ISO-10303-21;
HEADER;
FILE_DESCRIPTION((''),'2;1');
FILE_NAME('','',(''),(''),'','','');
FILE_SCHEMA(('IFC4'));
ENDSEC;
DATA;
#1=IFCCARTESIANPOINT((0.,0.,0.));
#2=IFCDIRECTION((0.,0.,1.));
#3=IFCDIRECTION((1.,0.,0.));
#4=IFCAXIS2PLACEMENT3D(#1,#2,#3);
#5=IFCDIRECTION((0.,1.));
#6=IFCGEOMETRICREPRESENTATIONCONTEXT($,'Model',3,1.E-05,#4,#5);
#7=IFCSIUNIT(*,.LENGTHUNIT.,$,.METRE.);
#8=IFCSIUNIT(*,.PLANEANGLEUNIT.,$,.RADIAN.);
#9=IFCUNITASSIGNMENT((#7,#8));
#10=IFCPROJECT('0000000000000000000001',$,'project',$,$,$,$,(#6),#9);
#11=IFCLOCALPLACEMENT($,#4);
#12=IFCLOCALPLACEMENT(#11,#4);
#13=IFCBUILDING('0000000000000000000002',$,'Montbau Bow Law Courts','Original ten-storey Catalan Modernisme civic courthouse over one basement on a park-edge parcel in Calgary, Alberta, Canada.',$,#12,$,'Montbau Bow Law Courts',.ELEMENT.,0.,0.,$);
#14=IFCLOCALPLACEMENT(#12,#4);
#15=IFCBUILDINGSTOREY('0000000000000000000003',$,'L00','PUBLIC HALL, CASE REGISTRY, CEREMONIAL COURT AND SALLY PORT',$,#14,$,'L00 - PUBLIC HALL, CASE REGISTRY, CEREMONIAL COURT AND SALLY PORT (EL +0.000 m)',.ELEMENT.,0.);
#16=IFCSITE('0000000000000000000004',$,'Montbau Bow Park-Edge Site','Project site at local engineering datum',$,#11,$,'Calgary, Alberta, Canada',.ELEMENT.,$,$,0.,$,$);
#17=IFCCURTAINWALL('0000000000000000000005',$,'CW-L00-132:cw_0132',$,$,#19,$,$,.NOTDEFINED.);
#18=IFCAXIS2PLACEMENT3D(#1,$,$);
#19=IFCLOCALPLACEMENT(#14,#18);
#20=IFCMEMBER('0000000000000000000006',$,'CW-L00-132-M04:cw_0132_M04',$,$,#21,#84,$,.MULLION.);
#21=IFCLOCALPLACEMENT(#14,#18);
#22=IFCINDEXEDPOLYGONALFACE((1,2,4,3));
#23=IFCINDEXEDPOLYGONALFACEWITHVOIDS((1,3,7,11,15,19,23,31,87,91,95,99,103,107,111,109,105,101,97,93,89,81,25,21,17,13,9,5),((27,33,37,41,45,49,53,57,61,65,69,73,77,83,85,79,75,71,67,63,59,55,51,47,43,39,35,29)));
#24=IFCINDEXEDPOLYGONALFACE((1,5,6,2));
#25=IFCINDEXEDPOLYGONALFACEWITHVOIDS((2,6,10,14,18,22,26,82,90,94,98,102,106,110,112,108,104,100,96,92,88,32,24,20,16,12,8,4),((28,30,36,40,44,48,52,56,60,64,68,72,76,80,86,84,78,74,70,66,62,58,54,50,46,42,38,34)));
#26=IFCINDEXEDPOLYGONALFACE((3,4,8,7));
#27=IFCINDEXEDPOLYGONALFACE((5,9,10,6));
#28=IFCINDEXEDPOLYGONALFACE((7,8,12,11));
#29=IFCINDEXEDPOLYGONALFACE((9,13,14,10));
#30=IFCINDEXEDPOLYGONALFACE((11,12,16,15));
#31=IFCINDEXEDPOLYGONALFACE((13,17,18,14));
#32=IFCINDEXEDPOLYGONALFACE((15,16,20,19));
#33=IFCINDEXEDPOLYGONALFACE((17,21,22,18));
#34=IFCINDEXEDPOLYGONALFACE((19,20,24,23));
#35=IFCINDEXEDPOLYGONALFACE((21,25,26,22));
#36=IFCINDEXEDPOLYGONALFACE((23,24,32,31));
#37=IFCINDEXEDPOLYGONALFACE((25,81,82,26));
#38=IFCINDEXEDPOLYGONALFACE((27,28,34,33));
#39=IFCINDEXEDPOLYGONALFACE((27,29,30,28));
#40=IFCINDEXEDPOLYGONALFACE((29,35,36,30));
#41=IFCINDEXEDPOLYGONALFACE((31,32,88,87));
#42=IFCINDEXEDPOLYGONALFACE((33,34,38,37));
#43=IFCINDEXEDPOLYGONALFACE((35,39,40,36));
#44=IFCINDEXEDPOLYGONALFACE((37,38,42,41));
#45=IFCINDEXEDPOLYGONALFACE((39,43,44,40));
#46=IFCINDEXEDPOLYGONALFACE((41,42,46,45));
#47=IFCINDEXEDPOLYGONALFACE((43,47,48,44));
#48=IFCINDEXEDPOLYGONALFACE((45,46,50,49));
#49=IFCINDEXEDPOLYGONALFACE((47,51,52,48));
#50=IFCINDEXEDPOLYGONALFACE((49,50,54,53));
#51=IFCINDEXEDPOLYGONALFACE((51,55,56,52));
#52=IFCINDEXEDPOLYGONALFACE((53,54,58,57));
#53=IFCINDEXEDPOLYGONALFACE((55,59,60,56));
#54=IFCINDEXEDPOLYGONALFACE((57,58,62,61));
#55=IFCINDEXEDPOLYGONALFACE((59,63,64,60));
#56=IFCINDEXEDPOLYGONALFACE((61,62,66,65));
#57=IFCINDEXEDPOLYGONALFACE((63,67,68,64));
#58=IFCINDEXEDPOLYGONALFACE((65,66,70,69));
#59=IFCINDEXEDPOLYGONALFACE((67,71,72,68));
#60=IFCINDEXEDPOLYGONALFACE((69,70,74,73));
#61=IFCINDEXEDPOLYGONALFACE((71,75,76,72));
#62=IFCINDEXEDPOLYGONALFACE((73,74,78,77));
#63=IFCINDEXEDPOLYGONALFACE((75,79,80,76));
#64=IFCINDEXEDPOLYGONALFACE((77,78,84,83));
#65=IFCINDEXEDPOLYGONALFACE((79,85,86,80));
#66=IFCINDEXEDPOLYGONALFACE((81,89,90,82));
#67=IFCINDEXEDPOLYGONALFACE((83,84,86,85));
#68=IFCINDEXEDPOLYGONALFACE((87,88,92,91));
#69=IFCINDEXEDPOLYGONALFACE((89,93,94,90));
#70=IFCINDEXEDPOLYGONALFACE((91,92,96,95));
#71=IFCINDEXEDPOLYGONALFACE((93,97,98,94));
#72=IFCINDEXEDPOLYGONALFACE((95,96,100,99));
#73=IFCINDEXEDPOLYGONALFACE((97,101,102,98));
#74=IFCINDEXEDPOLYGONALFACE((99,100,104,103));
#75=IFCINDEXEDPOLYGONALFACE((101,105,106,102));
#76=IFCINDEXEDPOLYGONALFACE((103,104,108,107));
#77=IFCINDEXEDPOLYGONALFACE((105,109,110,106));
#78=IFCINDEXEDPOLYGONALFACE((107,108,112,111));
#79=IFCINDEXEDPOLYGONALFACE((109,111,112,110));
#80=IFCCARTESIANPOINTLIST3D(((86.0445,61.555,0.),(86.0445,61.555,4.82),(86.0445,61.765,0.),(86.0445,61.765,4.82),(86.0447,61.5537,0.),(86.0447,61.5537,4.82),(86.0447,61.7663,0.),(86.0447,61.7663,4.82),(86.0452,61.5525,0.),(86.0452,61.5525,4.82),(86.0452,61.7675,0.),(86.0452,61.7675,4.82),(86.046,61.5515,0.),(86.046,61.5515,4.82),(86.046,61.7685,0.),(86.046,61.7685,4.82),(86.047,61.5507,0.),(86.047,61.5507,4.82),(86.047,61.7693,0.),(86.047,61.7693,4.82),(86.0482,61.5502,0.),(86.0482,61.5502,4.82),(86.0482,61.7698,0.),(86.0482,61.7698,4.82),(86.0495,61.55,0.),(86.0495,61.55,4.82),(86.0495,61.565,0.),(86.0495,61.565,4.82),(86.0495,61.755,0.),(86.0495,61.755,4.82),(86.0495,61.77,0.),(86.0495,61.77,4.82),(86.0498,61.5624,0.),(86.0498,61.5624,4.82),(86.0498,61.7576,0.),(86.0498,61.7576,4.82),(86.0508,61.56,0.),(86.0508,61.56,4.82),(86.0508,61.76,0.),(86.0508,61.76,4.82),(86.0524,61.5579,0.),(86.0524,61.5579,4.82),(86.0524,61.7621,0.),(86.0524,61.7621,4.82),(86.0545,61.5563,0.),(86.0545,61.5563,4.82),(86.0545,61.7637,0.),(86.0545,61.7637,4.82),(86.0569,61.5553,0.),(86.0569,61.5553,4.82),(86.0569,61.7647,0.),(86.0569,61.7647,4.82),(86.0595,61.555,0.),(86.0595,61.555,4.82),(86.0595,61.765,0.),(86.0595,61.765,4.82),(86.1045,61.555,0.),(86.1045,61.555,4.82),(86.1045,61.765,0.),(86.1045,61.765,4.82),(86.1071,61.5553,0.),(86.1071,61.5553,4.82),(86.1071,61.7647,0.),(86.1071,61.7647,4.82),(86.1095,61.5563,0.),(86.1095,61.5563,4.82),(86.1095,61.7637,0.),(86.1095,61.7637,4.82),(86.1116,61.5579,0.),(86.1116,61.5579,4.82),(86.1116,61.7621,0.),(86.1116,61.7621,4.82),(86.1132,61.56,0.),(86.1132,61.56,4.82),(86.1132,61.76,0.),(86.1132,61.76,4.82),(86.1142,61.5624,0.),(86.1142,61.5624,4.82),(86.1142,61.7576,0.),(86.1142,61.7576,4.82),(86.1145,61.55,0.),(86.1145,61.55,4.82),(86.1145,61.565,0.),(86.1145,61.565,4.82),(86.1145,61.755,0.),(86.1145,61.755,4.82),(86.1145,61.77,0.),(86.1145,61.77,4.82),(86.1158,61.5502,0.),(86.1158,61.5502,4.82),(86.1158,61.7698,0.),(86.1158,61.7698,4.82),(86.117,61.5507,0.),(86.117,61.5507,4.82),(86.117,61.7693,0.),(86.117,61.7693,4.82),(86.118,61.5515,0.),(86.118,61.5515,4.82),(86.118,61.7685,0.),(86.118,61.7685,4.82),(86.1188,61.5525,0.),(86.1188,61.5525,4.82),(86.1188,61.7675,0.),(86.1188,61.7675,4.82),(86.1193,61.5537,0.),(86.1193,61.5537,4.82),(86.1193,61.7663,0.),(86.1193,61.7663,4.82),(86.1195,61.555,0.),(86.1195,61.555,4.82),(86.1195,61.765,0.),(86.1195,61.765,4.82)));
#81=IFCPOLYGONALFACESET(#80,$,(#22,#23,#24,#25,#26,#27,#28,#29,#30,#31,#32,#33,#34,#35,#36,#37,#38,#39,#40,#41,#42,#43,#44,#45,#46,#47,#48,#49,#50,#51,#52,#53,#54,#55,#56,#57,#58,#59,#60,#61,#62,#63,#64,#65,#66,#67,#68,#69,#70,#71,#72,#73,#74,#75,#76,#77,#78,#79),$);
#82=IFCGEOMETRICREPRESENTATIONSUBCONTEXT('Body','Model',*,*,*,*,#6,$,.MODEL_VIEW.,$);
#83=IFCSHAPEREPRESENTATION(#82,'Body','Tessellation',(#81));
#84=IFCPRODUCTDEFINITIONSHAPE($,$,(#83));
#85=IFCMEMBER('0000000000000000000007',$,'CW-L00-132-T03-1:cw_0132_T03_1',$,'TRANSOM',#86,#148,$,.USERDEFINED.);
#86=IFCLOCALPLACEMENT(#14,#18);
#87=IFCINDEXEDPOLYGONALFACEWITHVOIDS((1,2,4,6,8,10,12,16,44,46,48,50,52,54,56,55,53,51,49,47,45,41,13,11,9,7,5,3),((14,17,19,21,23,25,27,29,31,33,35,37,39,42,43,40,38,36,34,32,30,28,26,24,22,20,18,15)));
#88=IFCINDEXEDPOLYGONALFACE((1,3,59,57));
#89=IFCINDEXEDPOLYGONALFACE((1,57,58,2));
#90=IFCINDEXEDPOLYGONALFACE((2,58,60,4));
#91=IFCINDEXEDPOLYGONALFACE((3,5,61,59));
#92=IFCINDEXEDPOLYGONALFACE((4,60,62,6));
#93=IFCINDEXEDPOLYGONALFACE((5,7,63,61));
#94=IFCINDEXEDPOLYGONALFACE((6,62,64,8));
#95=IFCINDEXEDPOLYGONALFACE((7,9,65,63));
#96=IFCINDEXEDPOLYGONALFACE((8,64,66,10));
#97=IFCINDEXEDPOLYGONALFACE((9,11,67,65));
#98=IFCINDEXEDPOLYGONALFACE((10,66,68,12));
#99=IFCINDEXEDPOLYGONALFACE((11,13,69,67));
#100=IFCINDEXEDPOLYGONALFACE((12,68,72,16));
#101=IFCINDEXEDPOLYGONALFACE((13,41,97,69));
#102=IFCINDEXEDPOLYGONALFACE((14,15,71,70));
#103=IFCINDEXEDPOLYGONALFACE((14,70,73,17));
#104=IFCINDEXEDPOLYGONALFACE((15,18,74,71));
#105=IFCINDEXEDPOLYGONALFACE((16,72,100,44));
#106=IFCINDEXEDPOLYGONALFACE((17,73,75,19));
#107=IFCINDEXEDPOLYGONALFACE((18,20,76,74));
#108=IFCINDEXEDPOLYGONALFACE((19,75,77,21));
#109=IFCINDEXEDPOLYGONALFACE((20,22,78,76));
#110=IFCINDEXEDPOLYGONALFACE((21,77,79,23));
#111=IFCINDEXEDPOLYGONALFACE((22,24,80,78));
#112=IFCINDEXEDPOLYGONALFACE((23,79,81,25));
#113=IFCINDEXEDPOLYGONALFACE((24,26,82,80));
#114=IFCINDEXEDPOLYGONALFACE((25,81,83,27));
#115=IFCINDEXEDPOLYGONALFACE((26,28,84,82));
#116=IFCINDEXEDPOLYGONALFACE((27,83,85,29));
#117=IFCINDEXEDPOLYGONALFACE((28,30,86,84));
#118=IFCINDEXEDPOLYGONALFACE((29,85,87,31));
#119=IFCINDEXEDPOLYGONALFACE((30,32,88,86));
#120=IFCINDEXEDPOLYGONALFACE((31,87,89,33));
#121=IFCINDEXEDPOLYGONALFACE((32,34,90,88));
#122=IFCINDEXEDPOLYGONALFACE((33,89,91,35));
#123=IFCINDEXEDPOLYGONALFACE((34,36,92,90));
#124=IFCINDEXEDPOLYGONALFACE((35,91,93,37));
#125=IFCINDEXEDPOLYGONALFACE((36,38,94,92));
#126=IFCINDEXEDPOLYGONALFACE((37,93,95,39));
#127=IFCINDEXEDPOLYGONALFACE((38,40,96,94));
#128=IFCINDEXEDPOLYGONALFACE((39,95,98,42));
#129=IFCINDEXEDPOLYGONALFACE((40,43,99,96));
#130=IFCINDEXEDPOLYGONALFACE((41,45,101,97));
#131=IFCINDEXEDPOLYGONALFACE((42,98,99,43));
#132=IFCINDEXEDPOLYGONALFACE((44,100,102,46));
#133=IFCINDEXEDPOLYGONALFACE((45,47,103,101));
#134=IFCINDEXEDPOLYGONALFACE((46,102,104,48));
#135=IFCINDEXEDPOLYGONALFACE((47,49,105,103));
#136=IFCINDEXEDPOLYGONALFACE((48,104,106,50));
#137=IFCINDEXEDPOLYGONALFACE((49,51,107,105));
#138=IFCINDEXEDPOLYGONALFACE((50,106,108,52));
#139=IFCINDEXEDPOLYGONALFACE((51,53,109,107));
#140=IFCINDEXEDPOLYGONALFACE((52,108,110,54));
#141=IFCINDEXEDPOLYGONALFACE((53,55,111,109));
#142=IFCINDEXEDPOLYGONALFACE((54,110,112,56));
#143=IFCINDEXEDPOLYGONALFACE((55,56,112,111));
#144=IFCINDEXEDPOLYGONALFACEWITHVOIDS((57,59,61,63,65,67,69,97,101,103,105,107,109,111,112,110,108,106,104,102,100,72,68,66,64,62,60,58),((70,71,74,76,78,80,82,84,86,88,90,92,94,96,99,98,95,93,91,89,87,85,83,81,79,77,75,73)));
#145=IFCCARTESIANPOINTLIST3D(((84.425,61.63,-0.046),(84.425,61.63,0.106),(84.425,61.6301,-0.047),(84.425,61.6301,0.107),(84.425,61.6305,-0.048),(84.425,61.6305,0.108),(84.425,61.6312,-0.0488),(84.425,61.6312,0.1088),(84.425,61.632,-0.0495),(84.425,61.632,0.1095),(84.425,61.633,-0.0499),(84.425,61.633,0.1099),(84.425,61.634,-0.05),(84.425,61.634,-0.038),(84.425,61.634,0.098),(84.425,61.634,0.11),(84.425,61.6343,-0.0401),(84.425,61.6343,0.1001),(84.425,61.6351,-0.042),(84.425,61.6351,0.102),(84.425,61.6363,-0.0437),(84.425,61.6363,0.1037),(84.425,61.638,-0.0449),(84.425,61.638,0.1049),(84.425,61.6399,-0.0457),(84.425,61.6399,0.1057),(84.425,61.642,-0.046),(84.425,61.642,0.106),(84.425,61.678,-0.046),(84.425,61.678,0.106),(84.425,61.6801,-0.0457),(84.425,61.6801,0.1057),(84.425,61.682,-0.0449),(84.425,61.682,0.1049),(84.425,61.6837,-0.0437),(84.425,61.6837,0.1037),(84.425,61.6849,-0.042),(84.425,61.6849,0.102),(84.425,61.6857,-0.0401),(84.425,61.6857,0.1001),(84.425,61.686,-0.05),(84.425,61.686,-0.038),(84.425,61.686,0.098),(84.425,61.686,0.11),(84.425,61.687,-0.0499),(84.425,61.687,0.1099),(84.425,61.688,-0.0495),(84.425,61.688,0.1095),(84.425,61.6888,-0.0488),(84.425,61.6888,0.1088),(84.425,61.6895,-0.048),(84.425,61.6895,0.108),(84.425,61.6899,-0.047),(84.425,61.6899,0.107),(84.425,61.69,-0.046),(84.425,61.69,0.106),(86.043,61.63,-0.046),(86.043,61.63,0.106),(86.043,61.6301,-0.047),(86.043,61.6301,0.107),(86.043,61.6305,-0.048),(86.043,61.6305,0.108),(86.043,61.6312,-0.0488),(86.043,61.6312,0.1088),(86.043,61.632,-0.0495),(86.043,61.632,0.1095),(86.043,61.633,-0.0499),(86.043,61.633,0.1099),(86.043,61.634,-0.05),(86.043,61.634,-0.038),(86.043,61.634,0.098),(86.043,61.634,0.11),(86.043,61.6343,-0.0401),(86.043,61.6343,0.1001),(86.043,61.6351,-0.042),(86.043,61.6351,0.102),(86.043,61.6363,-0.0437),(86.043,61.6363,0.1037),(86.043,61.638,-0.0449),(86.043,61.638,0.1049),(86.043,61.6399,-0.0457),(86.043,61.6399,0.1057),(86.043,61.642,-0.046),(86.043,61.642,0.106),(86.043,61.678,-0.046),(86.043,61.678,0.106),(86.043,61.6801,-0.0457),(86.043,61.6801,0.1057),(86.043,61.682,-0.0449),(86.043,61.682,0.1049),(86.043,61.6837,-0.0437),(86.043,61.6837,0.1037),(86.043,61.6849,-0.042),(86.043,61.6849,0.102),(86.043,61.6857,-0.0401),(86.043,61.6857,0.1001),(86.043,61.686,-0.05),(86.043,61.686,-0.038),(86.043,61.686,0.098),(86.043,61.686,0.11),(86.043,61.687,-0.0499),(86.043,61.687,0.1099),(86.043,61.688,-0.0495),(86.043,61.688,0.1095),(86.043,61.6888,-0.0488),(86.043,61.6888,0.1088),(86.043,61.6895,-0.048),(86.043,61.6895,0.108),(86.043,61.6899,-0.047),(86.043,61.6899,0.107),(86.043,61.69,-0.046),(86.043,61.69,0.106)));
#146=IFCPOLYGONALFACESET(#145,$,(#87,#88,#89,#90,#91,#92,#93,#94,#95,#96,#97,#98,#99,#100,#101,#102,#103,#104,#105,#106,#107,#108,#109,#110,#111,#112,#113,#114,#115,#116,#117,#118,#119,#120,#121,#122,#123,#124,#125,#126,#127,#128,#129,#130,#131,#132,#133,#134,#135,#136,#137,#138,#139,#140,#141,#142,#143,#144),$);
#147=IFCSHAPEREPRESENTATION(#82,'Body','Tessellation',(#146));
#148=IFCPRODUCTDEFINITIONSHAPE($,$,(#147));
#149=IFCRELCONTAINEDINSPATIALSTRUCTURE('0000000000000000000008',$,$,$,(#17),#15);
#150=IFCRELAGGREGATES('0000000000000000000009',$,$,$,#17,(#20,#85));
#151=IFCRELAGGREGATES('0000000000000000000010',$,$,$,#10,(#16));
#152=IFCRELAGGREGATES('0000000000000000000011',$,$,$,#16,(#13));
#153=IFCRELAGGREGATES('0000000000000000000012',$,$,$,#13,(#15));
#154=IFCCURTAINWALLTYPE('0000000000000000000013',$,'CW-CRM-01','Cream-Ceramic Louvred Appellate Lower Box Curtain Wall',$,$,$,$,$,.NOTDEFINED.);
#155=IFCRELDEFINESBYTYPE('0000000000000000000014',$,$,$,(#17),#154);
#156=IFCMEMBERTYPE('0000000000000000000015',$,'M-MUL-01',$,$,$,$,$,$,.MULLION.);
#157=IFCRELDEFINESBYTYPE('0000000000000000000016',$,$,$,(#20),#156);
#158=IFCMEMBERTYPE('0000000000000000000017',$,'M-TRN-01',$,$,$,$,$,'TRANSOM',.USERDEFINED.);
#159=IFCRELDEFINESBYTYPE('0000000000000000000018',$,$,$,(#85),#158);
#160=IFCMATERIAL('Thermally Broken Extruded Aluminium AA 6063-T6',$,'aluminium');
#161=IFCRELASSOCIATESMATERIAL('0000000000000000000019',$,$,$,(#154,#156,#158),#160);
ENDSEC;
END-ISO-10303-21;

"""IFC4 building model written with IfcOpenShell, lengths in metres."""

from ifc_helpers import new_model, si_unit, direction, frame, origin_with_axes, origin_2d_with_axis, place, context, subcontext, project, spatial, hollow_rectangle, extrude, material, material_profile, profile_set, type_object, element, aggregate, save


model = new_model("IFC4")

# Units and contexts
model_context = context("Model", 3, precision=1e-05, world=origin_with_axes(), true_north=direction((0.0, 1.0)))
body_context = subcontext(model_context, "Body", "Model", "MODEL_VIEW")
ifc_project = project(units=[si_unit("LENGTHUNIT", "METRE"), si_unit("PLANEANGLEUNIT", "RADIAN")], contexts=[model_context])

# Site, building, storey
site_placement = place(None, origin_with_axes())
site = spatial("IfcSite", under=ifc_project, at=site_placement, Name="Montbau Bow Park-Edge Site", Description="Project site at local engineering datum", LongName="Calgary, Alberta, Canada", CompositionType="ELEMENT", RefElevation=0.0)
building_placement = place(site_placement, origin_with_axes())
building = spatial("IfcBuilding", under=site, at=building_placement, Name="Montbau Bow Law Courts", Description="Original ten-storey Catalan Modernisme civic courthouse over one basement on a park-edge parcel in Calgary, Alberta, Canada.", LongName="Montbau Bow Law Courts", CompositionType="ELEMENT", ElevationOfRefHeight=0.0, ElevationOfTerrain=0.0)
storey_placement = place(building_placement, origin_with_axes())
storey = spatial("IfcBuildingStorey", under=building, at=storey_placement, Name="L00", Description="PUBLIC HALL, CASE REGISTRY, CEREMONIAL COURT AND SALLY PORT", LongName="L00 - PUBLIC HALL, CASE REGISTRY, CEREMONIAL COURT AND SALLY PORT (EL +0.000 m)", CompositionType="ELEMENT", Elevation=0.0)

# Curtain wall, members
ifc_material_1 = material(Name="Thermally Broken Extruded Aluminium AA 6063-T6", Category="aluminium")
curtain_wall_type = type_object("IfcCurtainWallType", Name="CW-CRM-01", Description="Cream-Ceramic Louvred Appellate Lower Box Curtain Wall", PredefinedType="NOTDEFINED", material=ifc_material_1)
curtain_wall_1_placement = place(None, frame((80.915, 61.66, 0.0), z_axis=(0.0, 0.0, 1.0), x_axis=(1.0, 0.0, 0.0)))
curtain_wall_1 = element("IfcCurtainWall", 1, at=curtain_wall_1_placement, inside=storey, type_object=curtain_wall_type, Name="CW-L00-132:cw_0132", PredefinedType="NOTDEFINED")
ifc_material_profile_1 = material_profile(ifc_material_1, hollow_rectangle(XDim=0.075, YDim=0.22, WallThickness=0.005, InnerFilletRadius=0.01, OuterFilletRadius=0.005, at=origin_2d_with_axis()), Name="CWM-220X75", Category="Main", Priority=0)
ifc_profile_set_1 = profile_set([ifc_material_profile_1], Name="Thermally Broken Extruded Aluminium AA 6063-T6")
member_type_1 = type_object("IfcMemberType", Name="M-MUL-01", PredefinedType="MULLION", material=ifc_profile_set_1)
member_1_placement = place(None, frame((86.082, 61.66, 0.0), z_axis=(0.0, 0.0, 1.0), x_axis=(1.0, 0.0, 0.0)))
member_1 = element("IfcMember", 2, at=member_1_placement, type_object=member_type_1, Name="CW-L00-132-M04:cw_0132_M04", PredefinedType="MULLION", context=body_context, shape_type="SweptSolid", body=[
    extrude(hollow_rectangle(XDim=0.075, YDim=0.22, WallThickness=0.005, InnerFilletRadius=0.01, OuterFilletRadius=0.005, at=origin_2d_with_axis()), origin_with_axes(), (0.0, 0.0, 1.0), 4.82),
])
ifc_material_profile_2 = material_profile(ifc_material_1, hollow_rectangle(XDim=0.06, YDim=0.16, WallThickness=0.004, InnerFilletRadius=0.008, OuterFilletRadius=0.004, at=origin_2d_with_axis()), Name="CWT-160X60", Category="Main", Priority=0)
ifc_profile_set_2 = profile_set([ifc_material_profile_2], Name="Thermally Broken Extruded Aluminium AA 6063-T6")
member_type_2 = type_object("IfcMemberType", Name="M-TRN-01", ElementType="TRANSOM", PredefinedType="USERDEFINED", material=ifc_profile_set_2)
member_2_placement = place(None, frame((84.425, 61.66, 0.03), z_axis=(1.0, 0.0, 0.0), x_axis=(0.0, 1.0, 0.0)))
member_2 = element("IfcMember", 3, at=member_2_placement, type_object=member_type_2, Name="CW-L00-132-T03-1:cw_0132_T03_1", ObjectType="TRANSOM", PredefinedType="USERDEFINED", context=body_context, shape_type="SweptSolid", body=[
    extrude(hollow_rectangle(XDim=0.06, YDim=0.16, WallThickness=0.004, InnerFilletRadius=0.008, OuterFilletRadius=0.004, at=origin_2d_with_axis()), origin_with_axes(), (0.0, 0.0, 1.0), 1.618),
])

aggregate(curtain_wall_1, [member_1, member_2])

save(model, "model.ifc")
